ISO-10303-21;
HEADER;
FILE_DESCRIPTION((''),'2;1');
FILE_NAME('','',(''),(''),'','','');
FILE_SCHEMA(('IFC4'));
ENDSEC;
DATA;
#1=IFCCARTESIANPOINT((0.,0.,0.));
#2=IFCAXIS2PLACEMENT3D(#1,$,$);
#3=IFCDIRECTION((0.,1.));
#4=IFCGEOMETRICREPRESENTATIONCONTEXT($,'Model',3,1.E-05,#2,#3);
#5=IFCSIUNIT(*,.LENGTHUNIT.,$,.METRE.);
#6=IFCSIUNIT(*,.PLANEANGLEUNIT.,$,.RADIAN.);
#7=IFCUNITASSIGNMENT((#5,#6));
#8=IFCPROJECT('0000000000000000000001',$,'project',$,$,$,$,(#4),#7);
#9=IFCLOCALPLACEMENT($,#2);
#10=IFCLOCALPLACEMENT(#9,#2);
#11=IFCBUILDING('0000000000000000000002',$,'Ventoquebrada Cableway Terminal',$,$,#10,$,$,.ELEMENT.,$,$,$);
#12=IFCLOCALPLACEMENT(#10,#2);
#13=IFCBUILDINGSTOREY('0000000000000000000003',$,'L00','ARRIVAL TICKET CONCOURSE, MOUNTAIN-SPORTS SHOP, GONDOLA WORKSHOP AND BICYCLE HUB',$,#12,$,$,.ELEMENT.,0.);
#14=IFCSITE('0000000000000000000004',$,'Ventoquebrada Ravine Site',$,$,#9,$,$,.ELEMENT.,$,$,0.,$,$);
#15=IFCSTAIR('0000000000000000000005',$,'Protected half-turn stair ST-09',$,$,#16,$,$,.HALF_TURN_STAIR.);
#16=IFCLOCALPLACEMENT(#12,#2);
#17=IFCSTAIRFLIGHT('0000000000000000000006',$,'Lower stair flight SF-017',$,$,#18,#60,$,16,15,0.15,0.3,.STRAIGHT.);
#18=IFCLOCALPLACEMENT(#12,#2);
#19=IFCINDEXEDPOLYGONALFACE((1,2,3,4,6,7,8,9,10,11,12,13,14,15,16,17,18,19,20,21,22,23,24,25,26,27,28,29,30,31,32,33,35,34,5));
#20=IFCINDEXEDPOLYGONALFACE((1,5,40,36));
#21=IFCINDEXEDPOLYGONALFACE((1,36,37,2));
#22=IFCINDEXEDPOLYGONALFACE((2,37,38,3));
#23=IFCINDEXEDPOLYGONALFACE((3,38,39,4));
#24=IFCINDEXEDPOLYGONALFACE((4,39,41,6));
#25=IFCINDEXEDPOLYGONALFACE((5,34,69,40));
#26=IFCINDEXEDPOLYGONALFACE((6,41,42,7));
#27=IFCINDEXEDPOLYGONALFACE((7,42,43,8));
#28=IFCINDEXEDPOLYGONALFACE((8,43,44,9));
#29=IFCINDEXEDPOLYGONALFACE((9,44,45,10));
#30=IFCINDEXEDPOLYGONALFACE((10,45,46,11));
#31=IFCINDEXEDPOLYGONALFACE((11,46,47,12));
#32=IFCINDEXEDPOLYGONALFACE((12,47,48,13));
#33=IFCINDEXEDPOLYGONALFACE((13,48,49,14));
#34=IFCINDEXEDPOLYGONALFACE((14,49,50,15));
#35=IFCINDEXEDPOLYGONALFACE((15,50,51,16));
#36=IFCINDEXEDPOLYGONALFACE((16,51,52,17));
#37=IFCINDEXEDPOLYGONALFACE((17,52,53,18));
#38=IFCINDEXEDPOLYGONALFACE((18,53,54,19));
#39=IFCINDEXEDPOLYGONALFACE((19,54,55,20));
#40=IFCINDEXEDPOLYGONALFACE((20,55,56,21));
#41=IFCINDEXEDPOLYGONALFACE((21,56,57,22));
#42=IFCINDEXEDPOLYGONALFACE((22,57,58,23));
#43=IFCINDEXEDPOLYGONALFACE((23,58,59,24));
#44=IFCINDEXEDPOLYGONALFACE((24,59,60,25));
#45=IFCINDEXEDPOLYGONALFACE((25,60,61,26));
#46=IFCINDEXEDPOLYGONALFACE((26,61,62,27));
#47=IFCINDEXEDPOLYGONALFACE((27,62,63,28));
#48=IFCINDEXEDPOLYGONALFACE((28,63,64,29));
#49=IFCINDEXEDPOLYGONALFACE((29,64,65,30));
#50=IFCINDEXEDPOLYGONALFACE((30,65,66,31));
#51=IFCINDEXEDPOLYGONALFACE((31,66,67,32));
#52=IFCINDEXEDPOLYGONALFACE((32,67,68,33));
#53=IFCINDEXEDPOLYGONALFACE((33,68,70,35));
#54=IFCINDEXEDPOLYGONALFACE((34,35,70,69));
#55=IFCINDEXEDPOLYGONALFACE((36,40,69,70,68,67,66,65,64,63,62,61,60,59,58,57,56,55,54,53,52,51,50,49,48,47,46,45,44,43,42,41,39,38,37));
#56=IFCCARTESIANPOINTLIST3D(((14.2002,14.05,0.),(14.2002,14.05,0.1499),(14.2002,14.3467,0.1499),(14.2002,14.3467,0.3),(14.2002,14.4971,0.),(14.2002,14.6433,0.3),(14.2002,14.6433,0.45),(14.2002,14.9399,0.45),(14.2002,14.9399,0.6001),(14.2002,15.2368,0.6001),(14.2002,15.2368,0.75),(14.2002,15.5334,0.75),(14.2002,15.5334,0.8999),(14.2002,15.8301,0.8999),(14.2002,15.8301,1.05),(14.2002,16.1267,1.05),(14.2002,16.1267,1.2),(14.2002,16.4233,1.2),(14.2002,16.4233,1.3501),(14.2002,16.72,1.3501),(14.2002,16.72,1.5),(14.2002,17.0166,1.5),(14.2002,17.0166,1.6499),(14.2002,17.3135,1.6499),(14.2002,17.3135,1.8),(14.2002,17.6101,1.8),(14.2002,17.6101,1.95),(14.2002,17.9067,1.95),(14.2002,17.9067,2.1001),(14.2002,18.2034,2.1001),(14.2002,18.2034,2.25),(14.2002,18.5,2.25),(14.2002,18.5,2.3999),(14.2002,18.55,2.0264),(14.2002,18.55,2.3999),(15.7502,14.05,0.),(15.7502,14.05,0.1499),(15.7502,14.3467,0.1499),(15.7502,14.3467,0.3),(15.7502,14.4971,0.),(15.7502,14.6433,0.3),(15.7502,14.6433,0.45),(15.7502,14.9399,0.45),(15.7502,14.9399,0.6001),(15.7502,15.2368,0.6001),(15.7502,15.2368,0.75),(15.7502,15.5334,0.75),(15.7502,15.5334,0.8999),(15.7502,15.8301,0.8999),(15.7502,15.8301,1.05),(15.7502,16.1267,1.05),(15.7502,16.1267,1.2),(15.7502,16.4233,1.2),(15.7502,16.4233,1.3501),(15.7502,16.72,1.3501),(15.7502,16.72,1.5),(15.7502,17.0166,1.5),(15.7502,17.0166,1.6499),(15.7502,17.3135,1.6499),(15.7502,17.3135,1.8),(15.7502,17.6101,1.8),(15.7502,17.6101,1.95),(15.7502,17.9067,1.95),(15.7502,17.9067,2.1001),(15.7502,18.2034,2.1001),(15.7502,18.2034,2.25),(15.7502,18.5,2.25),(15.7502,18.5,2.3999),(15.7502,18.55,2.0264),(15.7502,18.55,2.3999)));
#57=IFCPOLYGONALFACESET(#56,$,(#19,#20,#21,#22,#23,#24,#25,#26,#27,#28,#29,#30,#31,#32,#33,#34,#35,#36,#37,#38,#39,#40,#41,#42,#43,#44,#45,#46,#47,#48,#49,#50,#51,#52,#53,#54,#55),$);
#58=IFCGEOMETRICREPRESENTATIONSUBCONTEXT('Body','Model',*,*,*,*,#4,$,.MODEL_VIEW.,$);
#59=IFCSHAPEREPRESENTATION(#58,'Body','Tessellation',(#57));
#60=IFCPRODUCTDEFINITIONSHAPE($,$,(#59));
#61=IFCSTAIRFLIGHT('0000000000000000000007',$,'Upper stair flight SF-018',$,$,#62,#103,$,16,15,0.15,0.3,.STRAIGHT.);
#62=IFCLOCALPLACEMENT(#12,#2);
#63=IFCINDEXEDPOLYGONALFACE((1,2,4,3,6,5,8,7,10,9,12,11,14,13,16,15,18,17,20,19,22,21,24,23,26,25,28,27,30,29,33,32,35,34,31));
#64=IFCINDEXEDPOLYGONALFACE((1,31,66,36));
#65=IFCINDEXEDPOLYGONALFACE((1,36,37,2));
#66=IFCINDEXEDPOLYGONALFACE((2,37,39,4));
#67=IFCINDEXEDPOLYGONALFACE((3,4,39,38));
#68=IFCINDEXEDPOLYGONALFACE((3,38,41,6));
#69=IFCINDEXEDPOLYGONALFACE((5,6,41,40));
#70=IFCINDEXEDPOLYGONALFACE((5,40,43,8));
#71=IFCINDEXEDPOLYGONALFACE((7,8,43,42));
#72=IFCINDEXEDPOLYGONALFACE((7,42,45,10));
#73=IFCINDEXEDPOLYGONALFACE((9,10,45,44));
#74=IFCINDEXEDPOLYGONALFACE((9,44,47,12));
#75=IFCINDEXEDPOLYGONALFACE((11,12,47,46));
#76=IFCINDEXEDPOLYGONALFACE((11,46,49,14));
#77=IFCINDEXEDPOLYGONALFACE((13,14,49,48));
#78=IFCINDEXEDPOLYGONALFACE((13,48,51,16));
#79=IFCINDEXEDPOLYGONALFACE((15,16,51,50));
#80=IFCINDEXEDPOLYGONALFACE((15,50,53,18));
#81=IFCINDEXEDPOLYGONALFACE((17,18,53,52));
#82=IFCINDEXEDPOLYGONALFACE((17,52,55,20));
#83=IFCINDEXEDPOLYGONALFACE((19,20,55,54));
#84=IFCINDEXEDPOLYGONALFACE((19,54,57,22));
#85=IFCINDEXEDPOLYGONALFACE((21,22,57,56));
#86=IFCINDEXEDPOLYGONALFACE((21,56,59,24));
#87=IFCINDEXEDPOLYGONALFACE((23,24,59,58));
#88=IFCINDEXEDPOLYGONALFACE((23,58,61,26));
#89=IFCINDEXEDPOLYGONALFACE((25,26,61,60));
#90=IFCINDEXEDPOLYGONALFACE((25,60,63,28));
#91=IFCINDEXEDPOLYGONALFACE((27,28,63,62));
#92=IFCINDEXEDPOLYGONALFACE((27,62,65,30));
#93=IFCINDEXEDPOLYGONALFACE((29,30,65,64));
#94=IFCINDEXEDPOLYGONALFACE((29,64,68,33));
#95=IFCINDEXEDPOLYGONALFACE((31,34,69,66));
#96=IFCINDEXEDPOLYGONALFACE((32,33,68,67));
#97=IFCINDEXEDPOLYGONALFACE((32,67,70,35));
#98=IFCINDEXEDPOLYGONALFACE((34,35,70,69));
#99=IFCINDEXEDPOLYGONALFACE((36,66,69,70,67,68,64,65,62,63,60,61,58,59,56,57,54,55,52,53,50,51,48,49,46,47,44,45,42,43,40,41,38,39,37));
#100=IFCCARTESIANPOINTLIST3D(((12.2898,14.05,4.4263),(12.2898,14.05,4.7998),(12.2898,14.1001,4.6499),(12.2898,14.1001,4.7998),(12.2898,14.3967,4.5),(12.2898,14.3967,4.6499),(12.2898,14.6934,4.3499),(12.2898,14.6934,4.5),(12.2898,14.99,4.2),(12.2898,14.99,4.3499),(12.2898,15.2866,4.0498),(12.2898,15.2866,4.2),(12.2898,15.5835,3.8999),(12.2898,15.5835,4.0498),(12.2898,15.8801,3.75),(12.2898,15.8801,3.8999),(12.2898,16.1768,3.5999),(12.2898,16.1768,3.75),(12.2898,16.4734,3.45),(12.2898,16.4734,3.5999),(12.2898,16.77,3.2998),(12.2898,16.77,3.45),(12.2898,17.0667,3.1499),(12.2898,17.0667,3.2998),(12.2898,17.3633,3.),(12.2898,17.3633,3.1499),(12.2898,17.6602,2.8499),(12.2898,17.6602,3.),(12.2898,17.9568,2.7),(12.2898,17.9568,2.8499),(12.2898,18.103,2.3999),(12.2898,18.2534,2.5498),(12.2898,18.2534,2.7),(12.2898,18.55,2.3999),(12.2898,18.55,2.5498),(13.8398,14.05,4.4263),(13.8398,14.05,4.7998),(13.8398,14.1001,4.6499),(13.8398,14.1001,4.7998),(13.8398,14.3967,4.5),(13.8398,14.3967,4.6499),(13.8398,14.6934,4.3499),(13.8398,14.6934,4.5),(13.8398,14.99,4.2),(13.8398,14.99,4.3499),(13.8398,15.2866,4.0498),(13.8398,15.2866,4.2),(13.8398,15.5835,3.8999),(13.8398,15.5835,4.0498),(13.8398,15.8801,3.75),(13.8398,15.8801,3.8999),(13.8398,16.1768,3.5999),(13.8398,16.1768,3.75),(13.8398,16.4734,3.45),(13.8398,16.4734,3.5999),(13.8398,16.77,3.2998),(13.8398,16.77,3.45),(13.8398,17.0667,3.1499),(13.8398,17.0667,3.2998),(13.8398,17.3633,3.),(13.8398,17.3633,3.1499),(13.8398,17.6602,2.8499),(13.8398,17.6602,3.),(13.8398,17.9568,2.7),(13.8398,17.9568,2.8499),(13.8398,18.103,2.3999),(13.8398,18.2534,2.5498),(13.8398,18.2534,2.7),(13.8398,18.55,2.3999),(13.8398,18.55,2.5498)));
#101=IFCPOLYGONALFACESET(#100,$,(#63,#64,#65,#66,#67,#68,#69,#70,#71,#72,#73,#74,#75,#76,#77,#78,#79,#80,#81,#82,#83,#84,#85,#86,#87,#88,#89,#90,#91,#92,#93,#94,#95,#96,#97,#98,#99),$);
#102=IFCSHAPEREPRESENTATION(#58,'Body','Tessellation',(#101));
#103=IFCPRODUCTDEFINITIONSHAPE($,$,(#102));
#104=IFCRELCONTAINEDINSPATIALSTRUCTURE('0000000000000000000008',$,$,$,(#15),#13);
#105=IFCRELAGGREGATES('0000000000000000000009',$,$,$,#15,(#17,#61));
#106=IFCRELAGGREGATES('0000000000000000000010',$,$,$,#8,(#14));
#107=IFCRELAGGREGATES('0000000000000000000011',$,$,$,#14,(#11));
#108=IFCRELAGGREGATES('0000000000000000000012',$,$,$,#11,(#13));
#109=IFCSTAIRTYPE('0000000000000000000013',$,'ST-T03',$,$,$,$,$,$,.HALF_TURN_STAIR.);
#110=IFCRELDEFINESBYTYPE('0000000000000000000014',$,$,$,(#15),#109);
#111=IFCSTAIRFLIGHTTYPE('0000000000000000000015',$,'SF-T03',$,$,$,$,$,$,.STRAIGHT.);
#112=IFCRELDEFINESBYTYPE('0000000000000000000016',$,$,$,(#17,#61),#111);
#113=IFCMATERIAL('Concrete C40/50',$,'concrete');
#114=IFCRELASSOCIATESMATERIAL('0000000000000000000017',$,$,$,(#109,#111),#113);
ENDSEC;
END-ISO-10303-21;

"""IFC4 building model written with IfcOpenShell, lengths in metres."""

from ifc_helpers import new_model, si_unit, direction, frame, origin, place, context, subcontext, project, spatial, polyline, outline, extrude, material, type_object, element, aggregate, save


model = new_model("IFC4")

# Units and contexts
model_context = context("Model", 3, precision=1e-05, world=origin(), true_north=direction((0.0, 1.0)))
body_context = subcontext(model_context, "Body", "Model", "MODEL_VIEW")
ifc_project = project(units=[si_unit("LENGTHUNIT", "METRE"), si_unit("PLANEANGLEUNIT", "RADIAN")], contexts=[model_context])

# Site, building, storey
site_placement = place(None, origin())
site = spatial("IfcSite", under=ifc_project, at=site_placement, Name="Ventoquebrada Ravine Site", CompositionType="ELEMENT", RefElevation=0.0)
building_placement = place(site_placement, origin())
building = spatial("IfcBuilding", under=site, at=building_placement, Name="Ventoquebrada Cableway Terminal", CompositionType="ELEMENT")
storey_placement = place(building_placement, origin())
storey = spatial("IfcBuildingStorey", under=building, at=storey_placement, Name="L00", Description="ARRIVAL TICKET CONCOURSE, MOUNTAIN-SPORTS SHOP, GONDOLA WORKSHOP AND BICYCLE HUB", CompositionType="ELEMENT", Elevation=0.0)

# Shared definitions
ifc_material_1 = material(Name="Concrete C40/50", Category="concrete")

# Stair, stair flights
stair_type = type_object("IfcStairType", Name="ST-T03", PredefinedType="HALF_TURN_STAIR", material=ifc_material_1)
stair_flight_type = type_object("IfcStairFlightType", Name="SF-T03", PredefinedType="STRAIGHT", material=ifc_material_1)
stair_1_placement = place(storey_placement, origin())
stair_1 = element("IfcStair", 1, at=stair_1_placement, inside=storey, type_object=stair_type, Name="Protected half-turn stair ST-09", PredefinedType="HALF_TURN_STAIR")
stair_flight_1_placement = place(storey_placement, frame((14.9751, 14.05, 0.0), z_axis=(0.0, 0.0, 1.0), x_axis=(0.0, 1.0, 0.0)))
stair_flight_1 = element("IfcStairFlight", 2, at=stair_flight_1_placement, type_object=stair_flight_type, Name="Lower stair flight SF-017", NumberOfRisers=16, NumberOfTreads=15, PredefinedType="STRAIGHT", RiserHeight=0.15, TreadLength=0.3, context=body_context, shape_type="SweptSolid", body=[
    extrude(outline(polyline([(0.0, 0.0), (0.0, 0.1499), (0.2966, 0.1499), (0.2966, 0.3), (0.5933, 0.3), (0.5933, 0.45), (0.8899, 0.45), (0.8899, 0.6001), (1.1868, 0.6001), (1.1868, 0.75), (1.4834, 0.75), (1.4834, 0.8999), (1.78, 0.8999), (1.78, 1.05), (2.0767, 1.05), (2.0767, 1.2), (2.3733, 1.2), (2.3733, 1.3501), (2.6699, 1.3501), (2.6699, 1.5), (2.9666, 1.5), (2.9666, 1.6499), (3.2634, 1.6499), (3.2634, 1.8), (3.5601, 1.8), (3.5601, 1.95), (3.8567, 1.95), (3.8567, 2.1001), (4.1533, 2.1001), (4.1533, 2.25), (4.45, 2.25), (4.45, 2.3999), (4.5, 2.3999), (4.5, 2.0264), (0.447, 0.0), (0.0, 0.0)])), frame((0.0, 0.7749, 0.0), z_axis=(0.0, -1.0, 0.0), x_axis=(1.0, 0.0, 0.0)), (0.0, 0.0, 1.0), 1.55),
])
stair_flight_2_placement = place(storey_placement, frame((13.0649, 18.55, 2.3999), z_axis=(0.0, 0.0, 1.0), x_axis=(0.0, -1.0, 0.0)))
stair_flight_2 = element("IfcStairFlight", 3, at=stair_flight_2_placement, type_object=stair_flight_type, Name="Upper stair flight SF-018", NumberOfRisers=16, NumberOfTreads=15, PredefinedType="STRAIGHT", RiserHeight=0.15, TreadLength=0.3, context=body_context, shape_type="SweptSolid", body=[
    extrude(outline(polyline([(0.0, 0.0), (0.0, 0.1499), (0.2966, 0.1499), (0.2966, 0.3), (0.5933, 0.3), (0.5933, 0.45), (0.8899, 0.45), (0.8899, 0.6001), (1.1868, 0.6001), (1.1868, 0.75), (1.4834, 0.75), (1.4834, 0.8999), (1.78, 0.8999), (1.78, 1.05), (2.0767, 1.05), (2.0767, 1.2), (2.3733, 1.2), (2.3733, 1.3501), (2.6699, 1.3501), (2.6699, 1.5), (2.9666, 1.5), (2.9666, 1.6499), (3.2634, 1.6499), (3.2634, 1.8), (3.5601, 1.8), (3.5601, 1.95), (3.8567, 1.95), (3.8567, 2.1001), (4.1533, 2.1001), (4.1533, 2.25), (4.45, 2.25), (4.45, 2.3999), (4.5, 2.3999), (4.5, 2.0264), (0.447, 0.0), (0.0, 0.0)])), frame((0.0, 0.7749, 0.0), z_axis=(0.0, -1.0, 0.0), x_axis=(1.0, 0.0, 0.0)), (0.0, 0.0, 1.0), 1.55),
])
aggregate(stair_1, [stair_flight_1, stair_flight_2])

save(model, "model.ifc")
